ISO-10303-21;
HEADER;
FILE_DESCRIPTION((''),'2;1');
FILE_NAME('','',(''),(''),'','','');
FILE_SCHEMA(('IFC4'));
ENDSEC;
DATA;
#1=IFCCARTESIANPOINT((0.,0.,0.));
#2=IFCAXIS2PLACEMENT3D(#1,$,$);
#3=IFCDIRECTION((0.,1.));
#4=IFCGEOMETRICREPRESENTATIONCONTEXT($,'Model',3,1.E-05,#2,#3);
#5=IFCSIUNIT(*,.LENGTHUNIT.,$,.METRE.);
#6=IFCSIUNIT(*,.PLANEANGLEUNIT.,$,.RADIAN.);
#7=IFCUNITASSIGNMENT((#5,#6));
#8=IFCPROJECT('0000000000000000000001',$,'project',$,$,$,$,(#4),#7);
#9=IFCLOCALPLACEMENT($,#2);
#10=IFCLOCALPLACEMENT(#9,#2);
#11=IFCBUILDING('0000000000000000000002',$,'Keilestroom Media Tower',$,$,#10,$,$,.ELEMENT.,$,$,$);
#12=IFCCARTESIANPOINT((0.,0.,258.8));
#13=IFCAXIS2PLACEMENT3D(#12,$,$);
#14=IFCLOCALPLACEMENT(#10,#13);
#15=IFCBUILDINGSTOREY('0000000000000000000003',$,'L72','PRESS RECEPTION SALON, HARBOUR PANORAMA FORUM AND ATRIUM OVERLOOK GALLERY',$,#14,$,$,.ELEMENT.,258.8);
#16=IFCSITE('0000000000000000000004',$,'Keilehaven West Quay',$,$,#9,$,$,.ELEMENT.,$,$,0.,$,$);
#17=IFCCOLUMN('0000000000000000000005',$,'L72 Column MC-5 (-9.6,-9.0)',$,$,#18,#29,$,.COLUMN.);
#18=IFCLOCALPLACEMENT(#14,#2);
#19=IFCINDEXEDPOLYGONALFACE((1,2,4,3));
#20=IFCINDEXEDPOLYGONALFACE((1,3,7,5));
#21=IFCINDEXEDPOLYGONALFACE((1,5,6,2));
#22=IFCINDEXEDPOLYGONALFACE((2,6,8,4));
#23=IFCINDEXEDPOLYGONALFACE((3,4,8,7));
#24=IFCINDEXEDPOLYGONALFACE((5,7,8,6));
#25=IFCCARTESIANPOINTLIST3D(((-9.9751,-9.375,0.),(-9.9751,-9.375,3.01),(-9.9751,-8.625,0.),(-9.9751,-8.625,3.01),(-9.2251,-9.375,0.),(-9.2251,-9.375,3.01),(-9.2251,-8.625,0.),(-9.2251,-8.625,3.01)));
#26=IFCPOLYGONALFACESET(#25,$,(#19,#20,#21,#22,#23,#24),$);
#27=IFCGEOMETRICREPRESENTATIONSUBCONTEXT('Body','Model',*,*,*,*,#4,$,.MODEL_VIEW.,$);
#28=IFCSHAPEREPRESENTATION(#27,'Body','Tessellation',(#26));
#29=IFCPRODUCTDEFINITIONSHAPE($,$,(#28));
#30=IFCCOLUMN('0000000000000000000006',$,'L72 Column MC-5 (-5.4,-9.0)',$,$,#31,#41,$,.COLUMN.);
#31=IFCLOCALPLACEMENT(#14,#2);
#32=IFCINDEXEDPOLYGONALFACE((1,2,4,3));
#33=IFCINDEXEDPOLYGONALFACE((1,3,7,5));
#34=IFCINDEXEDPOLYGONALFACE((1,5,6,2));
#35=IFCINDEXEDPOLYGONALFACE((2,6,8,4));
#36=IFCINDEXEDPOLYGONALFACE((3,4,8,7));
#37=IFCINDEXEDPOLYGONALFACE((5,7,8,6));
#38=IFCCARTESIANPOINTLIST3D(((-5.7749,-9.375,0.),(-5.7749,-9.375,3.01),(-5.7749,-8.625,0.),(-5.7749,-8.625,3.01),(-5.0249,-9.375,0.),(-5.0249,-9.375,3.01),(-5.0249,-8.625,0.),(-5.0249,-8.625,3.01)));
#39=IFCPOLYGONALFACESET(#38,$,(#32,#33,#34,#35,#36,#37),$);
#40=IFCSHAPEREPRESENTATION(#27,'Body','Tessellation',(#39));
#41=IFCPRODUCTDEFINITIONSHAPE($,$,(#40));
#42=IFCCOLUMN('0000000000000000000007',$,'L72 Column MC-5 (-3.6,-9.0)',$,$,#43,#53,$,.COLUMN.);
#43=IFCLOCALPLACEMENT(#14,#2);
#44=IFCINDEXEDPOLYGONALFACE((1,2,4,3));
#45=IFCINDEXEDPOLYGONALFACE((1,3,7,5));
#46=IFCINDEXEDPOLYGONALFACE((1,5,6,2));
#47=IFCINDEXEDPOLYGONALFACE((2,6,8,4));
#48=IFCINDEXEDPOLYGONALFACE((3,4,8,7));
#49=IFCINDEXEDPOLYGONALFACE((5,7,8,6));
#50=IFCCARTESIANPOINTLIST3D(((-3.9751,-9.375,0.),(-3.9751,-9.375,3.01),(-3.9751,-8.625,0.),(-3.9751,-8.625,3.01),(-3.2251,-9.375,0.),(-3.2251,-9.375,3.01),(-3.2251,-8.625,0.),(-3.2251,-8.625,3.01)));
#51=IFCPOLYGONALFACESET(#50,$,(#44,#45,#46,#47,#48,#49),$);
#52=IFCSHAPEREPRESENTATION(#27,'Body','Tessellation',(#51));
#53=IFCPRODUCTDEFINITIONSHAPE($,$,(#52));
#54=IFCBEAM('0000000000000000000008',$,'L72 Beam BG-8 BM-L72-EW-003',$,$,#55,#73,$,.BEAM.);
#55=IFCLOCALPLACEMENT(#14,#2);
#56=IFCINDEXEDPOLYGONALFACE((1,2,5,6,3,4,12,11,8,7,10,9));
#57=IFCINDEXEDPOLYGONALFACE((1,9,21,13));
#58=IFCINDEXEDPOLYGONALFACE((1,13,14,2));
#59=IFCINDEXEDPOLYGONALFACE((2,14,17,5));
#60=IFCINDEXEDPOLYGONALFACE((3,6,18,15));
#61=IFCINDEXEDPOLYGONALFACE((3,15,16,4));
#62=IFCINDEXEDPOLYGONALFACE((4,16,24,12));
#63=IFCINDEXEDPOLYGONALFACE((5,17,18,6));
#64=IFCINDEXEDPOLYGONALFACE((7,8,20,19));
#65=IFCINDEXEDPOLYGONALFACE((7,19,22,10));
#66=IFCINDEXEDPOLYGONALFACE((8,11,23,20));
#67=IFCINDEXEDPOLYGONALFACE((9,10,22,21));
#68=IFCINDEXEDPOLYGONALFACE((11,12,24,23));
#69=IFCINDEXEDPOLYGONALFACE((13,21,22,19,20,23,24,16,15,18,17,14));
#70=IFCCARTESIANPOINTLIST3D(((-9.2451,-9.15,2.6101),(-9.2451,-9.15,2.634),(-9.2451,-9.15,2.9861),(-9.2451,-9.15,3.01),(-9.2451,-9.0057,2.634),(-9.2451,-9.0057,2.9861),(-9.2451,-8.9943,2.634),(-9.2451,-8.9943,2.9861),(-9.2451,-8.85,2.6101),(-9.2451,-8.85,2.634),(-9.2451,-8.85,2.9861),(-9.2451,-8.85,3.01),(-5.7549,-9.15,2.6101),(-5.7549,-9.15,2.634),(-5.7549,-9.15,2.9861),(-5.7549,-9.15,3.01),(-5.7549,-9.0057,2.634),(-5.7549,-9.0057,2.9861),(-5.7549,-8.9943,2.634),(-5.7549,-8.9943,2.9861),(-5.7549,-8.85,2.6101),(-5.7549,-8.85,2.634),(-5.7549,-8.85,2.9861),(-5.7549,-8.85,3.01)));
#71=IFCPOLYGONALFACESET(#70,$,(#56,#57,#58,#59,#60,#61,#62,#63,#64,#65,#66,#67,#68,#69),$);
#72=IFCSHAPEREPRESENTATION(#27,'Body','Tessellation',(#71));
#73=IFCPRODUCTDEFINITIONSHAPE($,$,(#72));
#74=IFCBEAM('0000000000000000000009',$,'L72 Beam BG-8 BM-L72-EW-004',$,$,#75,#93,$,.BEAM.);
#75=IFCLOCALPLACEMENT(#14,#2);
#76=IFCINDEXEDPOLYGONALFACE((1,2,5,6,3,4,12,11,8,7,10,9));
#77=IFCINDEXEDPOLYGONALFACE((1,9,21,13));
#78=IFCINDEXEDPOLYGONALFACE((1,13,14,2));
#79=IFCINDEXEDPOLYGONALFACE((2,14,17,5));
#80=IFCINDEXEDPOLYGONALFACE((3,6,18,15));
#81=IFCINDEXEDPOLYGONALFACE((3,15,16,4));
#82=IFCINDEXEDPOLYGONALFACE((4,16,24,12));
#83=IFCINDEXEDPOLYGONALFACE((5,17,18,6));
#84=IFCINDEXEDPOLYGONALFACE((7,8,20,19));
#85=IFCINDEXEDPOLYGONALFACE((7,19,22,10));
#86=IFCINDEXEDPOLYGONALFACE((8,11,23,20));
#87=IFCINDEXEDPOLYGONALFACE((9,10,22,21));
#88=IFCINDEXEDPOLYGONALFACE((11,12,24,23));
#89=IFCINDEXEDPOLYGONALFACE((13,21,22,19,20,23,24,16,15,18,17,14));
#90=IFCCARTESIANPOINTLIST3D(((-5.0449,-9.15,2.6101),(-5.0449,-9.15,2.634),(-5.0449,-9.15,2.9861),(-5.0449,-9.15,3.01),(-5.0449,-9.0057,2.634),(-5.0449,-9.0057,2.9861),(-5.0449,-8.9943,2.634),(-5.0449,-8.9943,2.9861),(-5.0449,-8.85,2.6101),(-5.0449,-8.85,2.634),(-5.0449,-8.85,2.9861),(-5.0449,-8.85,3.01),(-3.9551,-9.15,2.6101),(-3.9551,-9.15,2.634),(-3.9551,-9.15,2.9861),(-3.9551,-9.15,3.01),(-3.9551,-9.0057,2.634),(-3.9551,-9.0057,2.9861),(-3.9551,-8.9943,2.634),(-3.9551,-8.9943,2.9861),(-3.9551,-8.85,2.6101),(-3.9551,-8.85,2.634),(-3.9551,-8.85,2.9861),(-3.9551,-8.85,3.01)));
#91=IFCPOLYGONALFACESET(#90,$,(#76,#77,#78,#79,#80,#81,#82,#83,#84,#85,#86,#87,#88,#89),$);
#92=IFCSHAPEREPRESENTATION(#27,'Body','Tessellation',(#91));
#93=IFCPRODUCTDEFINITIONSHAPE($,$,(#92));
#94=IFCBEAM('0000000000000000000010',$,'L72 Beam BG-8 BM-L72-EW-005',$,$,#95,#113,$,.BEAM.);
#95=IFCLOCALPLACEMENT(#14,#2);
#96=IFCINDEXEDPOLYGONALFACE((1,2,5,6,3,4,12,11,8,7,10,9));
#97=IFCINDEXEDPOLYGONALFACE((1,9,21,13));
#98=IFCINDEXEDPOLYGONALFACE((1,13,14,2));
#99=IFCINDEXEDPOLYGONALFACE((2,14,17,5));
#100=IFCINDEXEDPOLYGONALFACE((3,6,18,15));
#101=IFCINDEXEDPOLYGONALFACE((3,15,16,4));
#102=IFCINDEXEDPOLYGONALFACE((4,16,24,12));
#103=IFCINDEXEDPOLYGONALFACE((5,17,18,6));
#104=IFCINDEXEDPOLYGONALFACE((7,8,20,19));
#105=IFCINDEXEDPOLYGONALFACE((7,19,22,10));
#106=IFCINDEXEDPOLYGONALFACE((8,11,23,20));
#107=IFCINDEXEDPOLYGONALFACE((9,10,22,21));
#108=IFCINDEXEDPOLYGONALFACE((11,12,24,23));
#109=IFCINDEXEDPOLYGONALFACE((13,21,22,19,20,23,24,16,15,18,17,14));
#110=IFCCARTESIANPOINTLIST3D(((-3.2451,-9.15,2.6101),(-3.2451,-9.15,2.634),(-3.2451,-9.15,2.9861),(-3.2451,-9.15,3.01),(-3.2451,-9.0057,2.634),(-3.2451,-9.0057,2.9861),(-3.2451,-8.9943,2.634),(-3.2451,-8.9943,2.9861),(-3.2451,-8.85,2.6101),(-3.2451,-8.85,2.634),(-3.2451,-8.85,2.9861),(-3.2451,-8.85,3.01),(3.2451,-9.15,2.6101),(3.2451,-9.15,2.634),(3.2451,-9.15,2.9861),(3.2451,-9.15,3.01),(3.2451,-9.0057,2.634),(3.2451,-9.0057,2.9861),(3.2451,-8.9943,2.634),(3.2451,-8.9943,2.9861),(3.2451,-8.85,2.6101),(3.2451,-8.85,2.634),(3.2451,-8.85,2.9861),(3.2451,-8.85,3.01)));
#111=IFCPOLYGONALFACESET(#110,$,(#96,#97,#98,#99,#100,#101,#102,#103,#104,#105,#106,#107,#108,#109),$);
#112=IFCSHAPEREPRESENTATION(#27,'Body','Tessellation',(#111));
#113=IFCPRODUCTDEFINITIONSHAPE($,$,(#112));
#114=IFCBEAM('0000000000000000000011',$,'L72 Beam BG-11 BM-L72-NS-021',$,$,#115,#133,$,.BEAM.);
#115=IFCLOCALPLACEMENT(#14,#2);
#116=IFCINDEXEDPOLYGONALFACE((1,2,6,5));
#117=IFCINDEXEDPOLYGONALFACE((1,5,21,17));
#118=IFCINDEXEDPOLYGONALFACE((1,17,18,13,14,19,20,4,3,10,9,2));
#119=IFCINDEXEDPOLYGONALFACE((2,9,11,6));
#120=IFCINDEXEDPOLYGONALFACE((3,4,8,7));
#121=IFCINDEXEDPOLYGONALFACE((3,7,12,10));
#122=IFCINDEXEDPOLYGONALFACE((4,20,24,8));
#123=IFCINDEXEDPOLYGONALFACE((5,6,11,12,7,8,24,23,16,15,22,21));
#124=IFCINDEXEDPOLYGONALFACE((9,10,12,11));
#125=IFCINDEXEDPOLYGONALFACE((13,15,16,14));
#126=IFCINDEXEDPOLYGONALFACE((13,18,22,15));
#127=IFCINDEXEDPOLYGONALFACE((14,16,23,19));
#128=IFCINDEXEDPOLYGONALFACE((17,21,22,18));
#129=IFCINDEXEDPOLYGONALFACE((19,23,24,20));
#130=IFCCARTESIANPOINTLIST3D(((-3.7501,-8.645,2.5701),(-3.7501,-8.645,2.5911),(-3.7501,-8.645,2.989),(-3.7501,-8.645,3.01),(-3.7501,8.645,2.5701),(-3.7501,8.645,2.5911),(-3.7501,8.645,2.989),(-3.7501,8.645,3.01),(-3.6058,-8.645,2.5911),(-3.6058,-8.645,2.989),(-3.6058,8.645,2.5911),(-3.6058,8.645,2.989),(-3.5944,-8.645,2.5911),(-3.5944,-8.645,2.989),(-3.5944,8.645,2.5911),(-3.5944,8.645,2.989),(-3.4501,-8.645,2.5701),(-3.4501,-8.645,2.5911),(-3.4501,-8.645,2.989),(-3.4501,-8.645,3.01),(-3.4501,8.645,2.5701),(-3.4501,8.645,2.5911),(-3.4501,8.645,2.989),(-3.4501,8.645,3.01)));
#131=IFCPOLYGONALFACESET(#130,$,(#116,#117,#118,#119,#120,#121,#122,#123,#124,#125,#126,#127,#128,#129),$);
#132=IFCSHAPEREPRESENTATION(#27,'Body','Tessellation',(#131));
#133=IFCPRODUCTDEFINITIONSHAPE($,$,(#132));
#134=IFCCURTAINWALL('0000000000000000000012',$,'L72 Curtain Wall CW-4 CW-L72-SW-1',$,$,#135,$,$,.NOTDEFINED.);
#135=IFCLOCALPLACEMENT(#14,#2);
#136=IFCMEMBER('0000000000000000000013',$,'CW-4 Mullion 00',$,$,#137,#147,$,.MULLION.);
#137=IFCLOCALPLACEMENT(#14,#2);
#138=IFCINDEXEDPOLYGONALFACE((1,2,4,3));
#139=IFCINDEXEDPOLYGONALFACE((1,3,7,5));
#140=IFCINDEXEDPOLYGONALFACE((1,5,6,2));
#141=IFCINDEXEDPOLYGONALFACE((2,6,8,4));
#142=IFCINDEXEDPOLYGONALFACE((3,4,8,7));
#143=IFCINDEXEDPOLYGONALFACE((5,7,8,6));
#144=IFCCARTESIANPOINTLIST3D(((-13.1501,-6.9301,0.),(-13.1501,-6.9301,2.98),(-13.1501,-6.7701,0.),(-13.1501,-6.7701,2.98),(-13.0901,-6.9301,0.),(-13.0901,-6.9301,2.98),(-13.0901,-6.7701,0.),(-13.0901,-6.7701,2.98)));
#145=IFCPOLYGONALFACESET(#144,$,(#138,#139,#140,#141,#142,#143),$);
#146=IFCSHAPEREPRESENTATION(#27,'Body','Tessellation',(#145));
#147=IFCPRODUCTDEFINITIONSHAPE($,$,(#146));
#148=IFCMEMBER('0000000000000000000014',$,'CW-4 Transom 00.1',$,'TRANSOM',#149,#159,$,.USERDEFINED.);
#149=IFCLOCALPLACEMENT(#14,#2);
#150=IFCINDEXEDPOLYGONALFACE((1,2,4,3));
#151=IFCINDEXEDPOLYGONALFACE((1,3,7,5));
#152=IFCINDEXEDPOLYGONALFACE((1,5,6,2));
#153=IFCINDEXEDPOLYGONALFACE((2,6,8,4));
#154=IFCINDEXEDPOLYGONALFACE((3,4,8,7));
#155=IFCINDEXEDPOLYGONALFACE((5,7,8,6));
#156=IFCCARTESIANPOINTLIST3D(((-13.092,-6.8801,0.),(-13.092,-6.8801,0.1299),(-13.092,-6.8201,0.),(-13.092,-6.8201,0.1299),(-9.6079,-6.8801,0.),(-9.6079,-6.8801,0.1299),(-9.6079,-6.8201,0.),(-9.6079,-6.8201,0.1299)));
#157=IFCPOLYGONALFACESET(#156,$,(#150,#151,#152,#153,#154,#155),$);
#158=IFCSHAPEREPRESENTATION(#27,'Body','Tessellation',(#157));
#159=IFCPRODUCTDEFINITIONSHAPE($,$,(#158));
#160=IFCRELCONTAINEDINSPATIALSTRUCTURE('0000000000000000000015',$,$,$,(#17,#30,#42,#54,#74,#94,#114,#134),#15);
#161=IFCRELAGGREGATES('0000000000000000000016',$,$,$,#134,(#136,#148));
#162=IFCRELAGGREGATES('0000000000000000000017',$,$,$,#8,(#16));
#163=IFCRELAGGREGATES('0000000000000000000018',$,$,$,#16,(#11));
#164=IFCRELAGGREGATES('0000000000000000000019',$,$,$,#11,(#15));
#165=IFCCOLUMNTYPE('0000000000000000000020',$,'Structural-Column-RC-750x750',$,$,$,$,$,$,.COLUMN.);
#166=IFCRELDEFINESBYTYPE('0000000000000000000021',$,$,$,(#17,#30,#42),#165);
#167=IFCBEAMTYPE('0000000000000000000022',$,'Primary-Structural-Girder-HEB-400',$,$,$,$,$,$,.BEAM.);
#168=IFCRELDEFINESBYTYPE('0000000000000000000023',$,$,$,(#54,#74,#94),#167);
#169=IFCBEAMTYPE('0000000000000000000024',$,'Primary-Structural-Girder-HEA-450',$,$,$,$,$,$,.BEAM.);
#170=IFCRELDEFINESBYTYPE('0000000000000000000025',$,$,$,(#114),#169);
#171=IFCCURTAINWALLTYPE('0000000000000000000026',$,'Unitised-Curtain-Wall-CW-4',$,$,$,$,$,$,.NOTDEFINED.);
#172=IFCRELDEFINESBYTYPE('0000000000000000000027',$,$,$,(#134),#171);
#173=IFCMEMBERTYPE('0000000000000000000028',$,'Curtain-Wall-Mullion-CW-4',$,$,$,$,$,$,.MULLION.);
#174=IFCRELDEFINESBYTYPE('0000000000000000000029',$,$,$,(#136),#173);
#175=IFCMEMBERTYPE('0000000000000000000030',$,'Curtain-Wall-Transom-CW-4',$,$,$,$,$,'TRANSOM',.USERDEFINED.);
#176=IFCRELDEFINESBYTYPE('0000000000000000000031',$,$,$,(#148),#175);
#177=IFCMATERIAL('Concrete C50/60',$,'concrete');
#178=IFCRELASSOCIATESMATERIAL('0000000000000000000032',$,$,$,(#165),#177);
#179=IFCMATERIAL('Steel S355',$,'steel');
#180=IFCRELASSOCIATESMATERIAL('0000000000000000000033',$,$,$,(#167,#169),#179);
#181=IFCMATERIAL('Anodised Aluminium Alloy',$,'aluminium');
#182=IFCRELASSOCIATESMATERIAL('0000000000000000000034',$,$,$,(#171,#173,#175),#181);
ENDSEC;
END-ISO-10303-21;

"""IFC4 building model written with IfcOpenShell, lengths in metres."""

from ifc_helpers import new_model, si_unit, direction, frame, origin, origin_2d, place, context, subcontext, project, spatial, rectangle, i_section, extrude, source, transform, mapped, material, material_profile, profile_set, type_object, element, aggregate, save


model = new_model("IFC4")

# Units and contexts
model_context = context("Model", 3, precision=1e-05, world=origin(), true_north=direction((0.0, 1.0)))
body_context = subcontext(model_context, "Body", "Model", "MODEL_VIEW")
ifc_project = project(units=[si_unit("LENGTHUNIT", "METRE"), si_unit("PLANEANGLEUNIT", "RADIAN")], contexts=[model_context])

# Site, building, storey
site_placement = place(None, origin())
site = spatial("IfcSite", under=ifc_project, at=site_placement, Name="Keilehaven West Quay", CompositionType="ELEMENT", RefElevation=0.0)
building_placement = place(site_placement, origin())
building = spatial("IfcBuilding", under=site, at=building_placement, Name="Keilestroom Media Tower", CompositionType="ELEMENT")
storey_placement = place(building_placement, frame((0.0, 0.0, 258.8)))
storey = spatial("IfcBuildingStorey", under=building, at=storey_placement, Name="L72", Description="PRESS RECEPTION SALON, HARBOUR PANORAMA FORUM AND ATRIUM OVERLOOK GALLERY", CompositionType="ELEMENT", Elevation=258.8)

# Columns
ifc_material_1 = material(Name="Concrete C50/60", Category="concrete")
ifc_material_profile_1 = material_profile(ifc_material_1, rectangle(XDim=0.75, YDim=0.75, at=origin_2d()), Name="RC 750x750")
ifc_profile_set_1 = profile_set([ifc_material_profile_1], Name="Concrete C50/60")
column_type = type_object("IfcColumnType", Name="Structural-Column-RC-750x750", PredefinedType="COLUMN", material=ifc_profile_set_1)
shared_shape_1 = source(origin(), body_context, "Body", "SweptSolid", [
    extrude(rectangle(XDim=0.75, YDim=0.75, at=origin_2d()), origin(), (0.0, 0.0, 1.0), 3.01),
])
for number, where, z_axis, x_axis, name in (
    (1, (-9.6001, -9.0, 0.0), (0.0, 0.0, 1.0), (1.0, 0.0, 0.0), "L72 Column MC-5 (-9.6,-9.0)"),
    (2, (-5.3999, -9.0, 0.0), (0.0, 0.0, 1.0), (1.0, 0.0, 0.0), "L72 Column MC-5 (-5.4,-9.0)"),
    (3, (-3.6001, -9.0, 0.0), (0.0, 0.0, 1.0), (1.0, 0.0, 0.0), "L72 Column MC-5 (-3.6,-9.0)"),
):
    element("IfcColumn", number, at=place(storey_placement, frame(where, z_axis=z_axis, x_axis=x_axis)), inside=storey, type_object=column_type, Name=name, PredefinedType="COLUMN", context=body_context, shape_type="MappedRepresentation", body=[
        mapped(shared_shape_1, transform((0.0, 0.0, 0.0), x_axis=(1.0, 0.0, 0.0), y_axis=(0.0, 1.0, 0.0), z_axis=(0.0, 0.0, 1.0), scale=1.0)),
    ])

# Beams
ifc_material_2 = material(Name="Steel S355", Category="steel")
ifc_material_profile_2 = material_profile(ifc_material_2, i_section(OverallWidth=0.3, OverallDepth=0.3999, WebThickness=0.0115, FlangeThickness=0.0239, at=origin_2d()), Name="HEB 400")
ifc_profile_set_2 = profile_set([ifc_material_profile_2], Name="Steel S355")
beam_type_1 = type_object("IfcBeamType", Name="Primary-Structural-Girder-HEB-400", PredefinedType="BEAM", material=ifc_profile_set_2)
shared_shape_2 = source(origin(), body_context, "Body", "SweptSolid", [
    extrude(i_section(OverallWidth=0.3, OverallDepth=0.3999, WebThickness=0.0115, FlangeThickness=0.0239, at=origin_2d()), origin(), (0.0, 0.0, 1.0), 3.4902),
])
beam_1_placement = place(storey_placement, frame((-9.2451, -9.0, 2.8101), z_axis=(1.0, 0.0, 0.0), x_axis=(0.0, 1.0, 0.0)))
element("IfcBeam", 4, at=beam_1_placement, inside=storey, type_object=beam_type_1, Name="L72 Beam BG-8 BM-L72-EW-003", PredefinedType="BEAM", context=body_context, shape_type="MappedRepresentation", body=[
    mapped(shared_shape_2, transform((0.0, 0.0, 0.0), x_axis=(1.0, 0.0, 0.0), y_axis=(0.0, 1.0, 0.0), z_axis=(0.0, 0.0, 1.0), scale=1.0)),
])
shared_shape_3 = source(origin(), body_context, "Body", "SweptSolid", [
    extrude(i_section(OverallWidth=0.3, OverallDepth=0.3999, WebThickness=0.0115, FlangeThickness=0.0239, at=origin_2d()), origin(), (0.0, 0.0, 1.0), 1.0898),
])
beam_2_placement = place(storey_placement, frame((-5.0449, -9.0, 2.8101), z_axis=(1.0, 0.0, 0.0), x_axis=(0.0, 1.0, 0.0)))
element("IfcBeam", 5, at=beam_2_placement, inside=storey, type_object=beam_type_1, Name="L72 Beam BG-8 BM-L72-EW-004", PredefinedType="BEAM", context=body_context, shape_type="MappedRepresentation", body=[
    mapped(shared_shape_3, transform((0.0, 0.0, 0.0), x_axis=(1.0, 0.0, 0.0), y_axis=(0.0, 1.0, 0.0), z_axis=(0.0, 0.0, 1.0), scale=1.0)),
])
shared_shape_4 = source(origin(), body_context, "Body", "SweptSolid", [
    extrude(i_section(OverallWidth=0.3, OverallDepth=0.3999, WebThickness=0.0115, FlangeThickness=0.0239, at=origin_2d()), origin(), (0.0, 0.0, 1.0), 6.4902),
])
beam_3_placement = place(storey_placement, frame((-3.2451, -9.0, 2.8101), z_axis=(1.0, 0.0, 0.0), x_axis=(0.0, 1.0, 0.0)))
element("IfcBeam", 6, at=beam_3_placement, inside=storey, type_object=beam_type_1, Name="L72 Beam BG-8 BM-L72-EW-005", PredefinedType="BEAM", context=body_context, shape_type="MappedRepresentation", body=[
    mapped(shared_shape_4, transform((0.0, 0.0, 0.0), x_axis=(1.0, 0.0, 0.0), y_axis=(0.0, 1.0, 0.0), z_axis=(0.0, 0.0, 1.0), scale=1.0)),
])
ifc_material_profile_3 = material_profile(ifc_material_2, i_section(OverallWidth=0.3, OverallDepth=0.4399, WebThickness=0.0115, FlangeThickness=0.021, at=origin_2d()), Name="HEA 450")
ifc_profile_set_3 = profile_set([ifc_material_profile_3], Name="Steel S355")
beam_type_2 = type_object("IfcBeamType", Name="Primary-Structural-Girder-HEA-450", PredefinedType="BEAM", material=ifc_profile_set_3)
shared_shape_5 = source(origin(), body_context, "Body", "SweptSolid", [
    extrude(i_section(OverallWidth=0.3, OverallDepth=0.4399, WebThickness=0.0115, FlangeThickness=0.021, at=origin_2d()), origin(), (0.0, 0.0, 1.0), 17.29),
])
beam_4_placement = place(storey_placement, frame((-3.6001, -8.645, 2.79), z_axis=(0.0, 1.0, 0.0), x_axis=(-1.0, 0.0, 0.0)))
element("IfcBeam", 7, at=beam_4_placement, inside=storey, type_object=beam_type_2, Name="L72 Beam BG-11 BM-L72-NS-021", PredefinedType="BEAM", context=body_context, shape_type="MappedRepresentation", body=[
    mapped(shared_shape_5, transform((0.0, 0.0, 0.0), x_axis=(1.0, 0.0, 0.0), y_axis=(0.0, 1.0, 0.0), z_axis=(0.0, 0.0, 1.0), scale=1.0)),
])

# Curtain wall, members
ifc_material_3 = material(Name="Anodised Aluminium Alloy", Category="aluminium")
curtain_wall_type = type_object("IfcCurtainWallType", Name="Unitised-Curtain-Wall-CW-4", PredefinedType="NOTDEFINED", material=ifc_material_3)
curtain_wall_placement = place(storey_placement, origin())
curtain_wall = element("IfcCurtainWall", 8, at=curtain_wall_placement, inside=storey, type_object=curtain_wall_type, Name="L72 Curtain Wall CW-4 CW-L72-SW-1", PredefinedType="NOTDEFINED")
ifc_material_profile_4 = material_profile(ifc_material_3, rectangle(XDim=0.0601, YDim=0.1599, at=origin_2d()), Name="ALU MULLION 60x160")
ifc_profile_set_4 = profile_set([ifc_material_profile_4], Name="Anodised Aluminium Alloy")
member_type_1 = type_object("IfcMemberType", Name="Curtain-Wall-Mullion-CW-4", PredefinedType="MULLION", material=ifc_profile_set_4)
shared_shape_6 = source(origin(), body_context, "Body", "SweptSolid", [
    extrude(rectangle(XDim=0.0601, YDim=0.1599, at=origin_2d()), origin(), (0.0, 0.0, 1.0), 2.98),
])
member_1_placement = place(storey_placement, frame((-13.1201, -6.8501, 0.0), z_axis=(0.0, 0.0, 1.0), x_axis=(1.0, 0.0, 0.0)))
member_1 = element("IfcMember", 9, at=member_1_placement, type_object=member_type_1, Name="CW-4 Mullion 00", PredefinedType="MULLION", context=body_context, shape_type="MappedRepresentation", body=[
    mapped(shared_shape_6, transform((0.0, 0.0, 0.0), x_axis=(1.0, 0.0, 0.0), y_axis=(0.0, 1.0, 0.0), z_axis=(0.0, 0.0, 1.0), scale=1.0)),
])
ifc_material_profile_5 = material_profile(ifc_material_3, rectangle(XDim=0.0601, YDim=0.1299, at=origin_2d()), Name="ALU TRANSOM 60x130")
ifc_profile_set_5 = profile_set([ifc_material_profile_5], Name="Anodised Aluminium Alloy")
member_type_2 = type_object("IfcMemberType", Name="Curtain-Wall-Transom-CW-4", ElementType="TRANSOM", PredefinedType="USERDEFINED", material=ifc_profile_set_5)
shared_shape_7 = source(origin(), body_context, "Body", "SweptSolid", [
    extrude(rectangle(XDim=0.0601, YDim=0.1299, at=origin_2d()), origin(), (0.0, 0.0, 1.0), 3.4841),
])
member_2_placement = place(storey_placement, frame((-13.092, -6.8501, 0.0649), z_axis=(1.0, 0.0, 0.0), x_axis=(0.0, 1.0, 0.0)))
member_2 = element("IfcMember", 10, at=member_2_placement, type_object=member_type_2, Name="CW-4 Transom 00.1", ObjectType="TRANSOM", PredefinedType="USERDEFINED", context=body_context, shape_type="MappedRepresentation", body=[
    mapped(shared_shape_7, transform((0.0, 0.0, 0.0), x_axis=(1.0, 0.0, 0.0), y_axis=(0.0, 1.0, 0.0), z_axis=(0.0, 0.0, 1.0), scale=1.0)),
])
aggregate(curtain_wall, [member_1, member_2])

save(model, "model.ifc")
